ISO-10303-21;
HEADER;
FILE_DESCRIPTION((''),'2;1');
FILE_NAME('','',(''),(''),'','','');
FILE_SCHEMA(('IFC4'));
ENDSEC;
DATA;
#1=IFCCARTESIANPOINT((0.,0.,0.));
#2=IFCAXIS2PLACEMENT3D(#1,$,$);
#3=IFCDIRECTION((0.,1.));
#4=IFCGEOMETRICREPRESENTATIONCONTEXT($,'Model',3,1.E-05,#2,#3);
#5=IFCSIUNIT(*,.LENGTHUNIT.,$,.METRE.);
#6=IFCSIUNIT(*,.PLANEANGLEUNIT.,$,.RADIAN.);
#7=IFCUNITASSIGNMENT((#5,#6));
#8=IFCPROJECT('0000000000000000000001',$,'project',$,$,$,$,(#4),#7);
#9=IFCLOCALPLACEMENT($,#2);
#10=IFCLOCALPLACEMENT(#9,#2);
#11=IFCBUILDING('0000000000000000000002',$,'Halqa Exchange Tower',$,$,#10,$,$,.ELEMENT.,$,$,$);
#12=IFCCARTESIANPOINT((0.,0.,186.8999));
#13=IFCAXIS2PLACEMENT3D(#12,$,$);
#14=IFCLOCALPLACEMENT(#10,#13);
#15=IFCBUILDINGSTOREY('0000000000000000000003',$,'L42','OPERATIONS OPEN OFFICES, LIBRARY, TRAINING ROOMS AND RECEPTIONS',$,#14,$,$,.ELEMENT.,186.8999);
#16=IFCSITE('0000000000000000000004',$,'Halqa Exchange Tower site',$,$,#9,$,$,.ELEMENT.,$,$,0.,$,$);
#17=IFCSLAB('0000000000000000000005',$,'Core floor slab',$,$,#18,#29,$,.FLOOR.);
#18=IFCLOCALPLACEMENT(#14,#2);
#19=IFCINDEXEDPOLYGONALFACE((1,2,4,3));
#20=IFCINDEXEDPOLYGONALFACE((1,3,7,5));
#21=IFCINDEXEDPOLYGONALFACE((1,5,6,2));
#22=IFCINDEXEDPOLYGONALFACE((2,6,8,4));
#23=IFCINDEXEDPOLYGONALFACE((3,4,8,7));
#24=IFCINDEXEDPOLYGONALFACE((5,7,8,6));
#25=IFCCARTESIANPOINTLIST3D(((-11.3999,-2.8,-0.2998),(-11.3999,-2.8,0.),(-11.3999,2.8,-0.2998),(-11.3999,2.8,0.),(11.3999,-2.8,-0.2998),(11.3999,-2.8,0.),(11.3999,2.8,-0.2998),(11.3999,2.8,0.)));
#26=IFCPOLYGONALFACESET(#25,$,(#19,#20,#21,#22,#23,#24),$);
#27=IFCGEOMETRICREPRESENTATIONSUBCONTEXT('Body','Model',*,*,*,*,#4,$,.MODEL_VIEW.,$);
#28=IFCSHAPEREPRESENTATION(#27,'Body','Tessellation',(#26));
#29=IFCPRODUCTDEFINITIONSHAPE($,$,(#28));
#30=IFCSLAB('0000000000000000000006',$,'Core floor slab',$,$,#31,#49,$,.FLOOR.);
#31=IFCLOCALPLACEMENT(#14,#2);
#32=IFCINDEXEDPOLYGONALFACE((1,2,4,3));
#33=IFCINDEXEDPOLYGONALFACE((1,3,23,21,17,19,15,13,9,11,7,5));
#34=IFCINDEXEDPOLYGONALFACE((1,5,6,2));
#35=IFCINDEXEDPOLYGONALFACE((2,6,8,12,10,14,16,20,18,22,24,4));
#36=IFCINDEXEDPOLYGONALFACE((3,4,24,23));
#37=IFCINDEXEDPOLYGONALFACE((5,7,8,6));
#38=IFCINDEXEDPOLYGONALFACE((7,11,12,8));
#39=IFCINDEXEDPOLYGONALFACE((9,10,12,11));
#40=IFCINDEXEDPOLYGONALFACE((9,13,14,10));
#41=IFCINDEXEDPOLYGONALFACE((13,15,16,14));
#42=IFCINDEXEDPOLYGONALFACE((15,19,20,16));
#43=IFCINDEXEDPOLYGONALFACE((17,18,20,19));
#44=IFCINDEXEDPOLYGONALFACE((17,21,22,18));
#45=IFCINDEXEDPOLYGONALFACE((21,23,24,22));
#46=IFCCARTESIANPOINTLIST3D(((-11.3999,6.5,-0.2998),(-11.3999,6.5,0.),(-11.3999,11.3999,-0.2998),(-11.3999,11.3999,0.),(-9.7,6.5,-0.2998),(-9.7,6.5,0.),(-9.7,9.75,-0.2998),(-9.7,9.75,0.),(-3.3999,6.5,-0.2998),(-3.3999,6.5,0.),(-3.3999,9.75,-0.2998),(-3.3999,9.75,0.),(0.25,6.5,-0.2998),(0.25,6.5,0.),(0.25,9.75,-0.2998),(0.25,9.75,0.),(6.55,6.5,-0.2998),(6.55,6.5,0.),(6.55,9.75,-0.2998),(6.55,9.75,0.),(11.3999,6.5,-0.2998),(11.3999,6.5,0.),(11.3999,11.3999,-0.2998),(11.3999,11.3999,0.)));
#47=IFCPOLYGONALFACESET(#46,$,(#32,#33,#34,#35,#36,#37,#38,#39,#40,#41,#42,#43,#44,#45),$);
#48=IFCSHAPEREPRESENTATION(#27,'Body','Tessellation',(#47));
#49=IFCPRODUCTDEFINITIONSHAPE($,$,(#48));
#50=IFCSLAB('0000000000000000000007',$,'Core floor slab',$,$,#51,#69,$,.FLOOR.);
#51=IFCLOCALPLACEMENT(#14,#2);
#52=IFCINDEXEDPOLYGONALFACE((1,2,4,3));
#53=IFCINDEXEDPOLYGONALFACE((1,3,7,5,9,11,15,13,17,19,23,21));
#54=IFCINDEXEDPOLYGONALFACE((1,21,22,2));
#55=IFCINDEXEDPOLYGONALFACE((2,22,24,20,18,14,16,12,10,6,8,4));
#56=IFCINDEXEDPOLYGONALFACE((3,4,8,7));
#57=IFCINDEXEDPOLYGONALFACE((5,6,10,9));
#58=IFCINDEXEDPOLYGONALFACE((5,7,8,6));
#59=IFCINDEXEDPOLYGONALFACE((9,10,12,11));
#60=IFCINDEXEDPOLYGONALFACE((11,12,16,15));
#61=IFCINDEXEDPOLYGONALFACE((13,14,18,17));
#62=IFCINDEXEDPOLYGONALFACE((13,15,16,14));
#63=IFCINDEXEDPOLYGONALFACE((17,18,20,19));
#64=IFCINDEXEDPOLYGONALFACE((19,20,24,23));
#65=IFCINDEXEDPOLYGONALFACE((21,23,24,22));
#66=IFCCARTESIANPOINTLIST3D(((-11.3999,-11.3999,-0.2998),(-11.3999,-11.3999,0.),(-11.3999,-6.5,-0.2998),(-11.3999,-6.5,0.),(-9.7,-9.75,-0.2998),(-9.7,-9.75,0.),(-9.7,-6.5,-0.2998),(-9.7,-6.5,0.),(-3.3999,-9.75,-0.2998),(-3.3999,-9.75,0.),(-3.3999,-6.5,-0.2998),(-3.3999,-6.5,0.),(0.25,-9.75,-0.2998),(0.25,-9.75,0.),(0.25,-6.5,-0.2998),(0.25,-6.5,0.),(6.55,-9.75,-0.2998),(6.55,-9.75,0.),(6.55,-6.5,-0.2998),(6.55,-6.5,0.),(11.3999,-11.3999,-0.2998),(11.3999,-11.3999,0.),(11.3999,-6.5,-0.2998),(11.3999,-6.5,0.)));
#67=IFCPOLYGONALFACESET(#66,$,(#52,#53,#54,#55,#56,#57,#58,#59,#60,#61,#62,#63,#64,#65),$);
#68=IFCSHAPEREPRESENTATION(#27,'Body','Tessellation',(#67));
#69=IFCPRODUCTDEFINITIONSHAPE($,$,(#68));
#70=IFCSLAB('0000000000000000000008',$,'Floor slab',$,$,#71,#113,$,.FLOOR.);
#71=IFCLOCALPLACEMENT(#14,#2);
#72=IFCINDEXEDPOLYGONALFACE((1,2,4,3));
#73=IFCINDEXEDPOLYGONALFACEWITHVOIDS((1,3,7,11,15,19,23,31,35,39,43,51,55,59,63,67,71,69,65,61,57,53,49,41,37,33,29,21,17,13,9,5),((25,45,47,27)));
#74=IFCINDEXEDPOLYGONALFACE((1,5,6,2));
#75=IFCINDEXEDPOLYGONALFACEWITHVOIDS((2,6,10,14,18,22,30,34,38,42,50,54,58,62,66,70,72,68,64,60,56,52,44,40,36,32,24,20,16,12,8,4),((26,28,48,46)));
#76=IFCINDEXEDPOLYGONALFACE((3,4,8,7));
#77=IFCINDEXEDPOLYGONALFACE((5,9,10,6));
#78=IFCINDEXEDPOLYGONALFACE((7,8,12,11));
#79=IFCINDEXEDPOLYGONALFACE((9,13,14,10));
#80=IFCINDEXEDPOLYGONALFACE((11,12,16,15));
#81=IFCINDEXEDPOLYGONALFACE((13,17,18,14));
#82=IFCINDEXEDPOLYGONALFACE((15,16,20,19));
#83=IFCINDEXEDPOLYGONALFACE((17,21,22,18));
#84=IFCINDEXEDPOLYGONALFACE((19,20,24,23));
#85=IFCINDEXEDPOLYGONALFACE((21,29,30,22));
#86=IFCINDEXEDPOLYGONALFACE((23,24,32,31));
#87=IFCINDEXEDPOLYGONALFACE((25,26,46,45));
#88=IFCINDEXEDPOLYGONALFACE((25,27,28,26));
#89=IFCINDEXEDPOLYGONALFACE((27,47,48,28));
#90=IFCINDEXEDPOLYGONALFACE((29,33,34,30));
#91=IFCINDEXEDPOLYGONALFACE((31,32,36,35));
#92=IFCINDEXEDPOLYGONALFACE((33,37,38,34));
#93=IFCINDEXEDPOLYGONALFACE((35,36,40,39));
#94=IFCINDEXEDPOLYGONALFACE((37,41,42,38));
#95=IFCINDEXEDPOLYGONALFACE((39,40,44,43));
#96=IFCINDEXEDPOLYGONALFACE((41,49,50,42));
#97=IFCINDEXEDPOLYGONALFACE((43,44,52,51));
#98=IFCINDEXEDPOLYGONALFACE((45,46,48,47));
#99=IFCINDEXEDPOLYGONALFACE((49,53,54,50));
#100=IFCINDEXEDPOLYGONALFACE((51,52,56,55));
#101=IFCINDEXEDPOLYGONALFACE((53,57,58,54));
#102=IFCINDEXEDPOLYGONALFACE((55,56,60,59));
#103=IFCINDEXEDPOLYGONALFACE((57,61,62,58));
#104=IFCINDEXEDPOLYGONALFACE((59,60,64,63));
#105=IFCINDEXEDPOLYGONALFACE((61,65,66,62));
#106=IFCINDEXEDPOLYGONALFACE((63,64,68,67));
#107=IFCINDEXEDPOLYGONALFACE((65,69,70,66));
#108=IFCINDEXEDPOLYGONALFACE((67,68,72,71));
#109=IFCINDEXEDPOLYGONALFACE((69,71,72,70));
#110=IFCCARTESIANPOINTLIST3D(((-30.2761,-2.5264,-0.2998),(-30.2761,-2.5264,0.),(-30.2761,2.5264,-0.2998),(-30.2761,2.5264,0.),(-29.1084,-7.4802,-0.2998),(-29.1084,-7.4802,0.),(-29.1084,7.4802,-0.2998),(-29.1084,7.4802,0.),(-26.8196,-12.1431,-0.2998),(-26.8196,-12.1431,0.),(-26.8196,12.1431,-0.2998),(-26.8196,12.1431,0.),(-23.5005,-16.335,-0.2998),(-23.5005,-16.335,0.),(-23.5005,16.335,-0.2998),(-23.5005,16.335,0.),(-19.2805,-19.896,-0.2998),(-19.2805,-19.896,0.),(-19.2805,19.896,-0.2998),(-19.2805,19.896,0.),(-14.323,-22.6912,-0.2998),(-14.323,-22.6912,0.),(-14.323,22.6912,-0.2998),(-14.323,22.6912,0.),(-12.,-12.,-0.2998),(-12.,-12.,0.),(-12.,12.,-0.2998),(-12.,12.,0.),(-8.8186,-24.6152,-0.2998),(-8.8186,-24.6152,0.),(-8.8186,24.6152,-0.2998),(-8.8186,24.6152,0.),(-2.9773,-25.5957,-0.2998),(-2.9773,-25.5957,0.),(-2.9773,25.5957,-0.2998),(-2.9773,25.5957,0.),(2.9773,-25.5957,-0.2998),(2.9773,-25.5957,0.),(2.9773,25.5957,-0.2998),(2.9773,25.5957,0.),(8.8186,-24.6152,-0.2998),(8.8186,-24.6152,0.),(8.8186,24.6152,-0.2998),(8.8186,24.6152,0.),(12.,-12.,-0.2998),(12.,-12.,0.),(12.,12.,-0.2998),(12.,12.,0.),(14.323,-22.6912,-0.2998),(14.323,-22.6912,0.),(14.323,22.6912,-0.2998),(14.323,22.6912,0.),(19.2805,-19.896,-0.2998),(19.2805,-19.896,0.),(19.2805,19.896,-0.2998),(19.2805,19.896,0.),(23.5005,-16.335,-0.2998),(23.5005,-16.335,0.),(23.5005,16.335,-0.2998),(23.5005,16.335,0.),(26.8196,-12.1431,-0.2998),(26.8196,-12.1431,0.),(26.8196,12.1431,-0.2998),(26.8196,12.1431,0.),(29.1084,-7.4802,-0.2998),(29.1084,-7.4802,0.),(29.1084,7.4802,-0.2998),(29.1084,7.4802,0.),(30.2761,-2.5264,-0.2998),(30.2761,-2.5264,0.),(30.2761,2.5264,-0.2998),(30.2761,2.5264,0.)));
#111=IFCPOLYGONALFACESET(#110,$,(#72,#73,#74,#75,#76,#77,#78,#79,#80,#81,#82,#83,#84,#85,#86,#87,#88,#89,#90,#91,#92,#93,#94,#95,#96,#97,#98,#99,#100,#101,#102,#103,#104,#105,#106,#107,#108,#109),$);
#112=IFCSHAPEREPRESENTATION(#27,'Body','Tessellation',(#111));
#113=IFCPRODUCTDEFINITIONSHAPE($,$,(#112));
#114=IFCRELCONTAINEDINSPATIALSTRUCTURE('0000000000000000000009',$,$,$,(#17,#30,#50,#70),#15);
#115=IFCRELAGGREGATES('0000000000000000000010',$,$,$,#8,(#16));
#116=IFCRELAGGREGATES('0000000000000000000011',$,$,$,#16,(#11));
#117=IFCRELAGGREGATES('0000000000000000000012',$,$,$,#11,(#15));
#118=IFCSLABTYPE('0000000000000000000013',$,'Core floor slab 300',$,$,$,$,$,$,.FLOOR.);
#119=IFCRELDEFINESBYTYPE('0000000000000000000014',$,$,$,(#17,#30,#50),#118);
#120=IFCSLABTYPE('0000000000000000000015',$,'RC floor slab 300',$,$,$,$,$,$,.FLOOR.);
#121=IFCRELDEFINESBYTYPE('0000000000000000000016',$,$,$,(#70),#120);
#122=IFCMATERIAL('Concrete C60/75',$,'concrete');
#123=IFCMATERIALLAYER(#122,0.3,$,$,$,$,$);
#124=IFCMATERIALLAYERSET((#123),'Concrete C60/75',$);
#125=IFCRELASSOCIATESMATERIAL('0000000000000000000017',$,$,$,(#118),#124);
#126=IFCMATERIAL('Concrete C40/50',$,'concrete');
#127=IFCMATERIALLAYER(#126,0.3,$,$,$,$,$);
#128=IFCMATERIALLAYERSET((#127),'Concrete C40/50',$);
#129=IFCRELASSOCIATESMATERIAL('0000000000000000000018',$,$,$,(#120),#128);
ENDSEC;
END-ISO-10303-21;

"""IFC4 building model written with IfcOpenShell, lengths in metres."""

from ifc_helpers import new_model, si_unit, direction, frame, origin, place, context, subcontext, project, spatial, polyline, outline, extrude, material, layer, layer_set, type_object, element, save


model = new_model("IFC4")

# Units and contexts
model_context = context("Model", 3, precision=1e-05, world=origin(), true_north=direction((0.0, 1.0)))
body_context = subcontext(model_context, "Body", "Model", "MODEL_VIEW")
ifc_project = project(units=[si_unit("LENGTHUNIT", "METRE"), si_unit("PLANEANGLEUNIT", "RADIAN")], contexts=[model_context])

# Site, building, storey
site_placement = place(None, origin())
site = spatial("IfcSite", under=ifc_project, at=site_placement, Name="Halqa Exchange Tower site", CompositionType="ELEMENT", RefElevation=0.0)
building_placement = place(site_placement, origin())
building = spatial("IfcBuilding", under=site, at=building_placement, Name="Halqa Exchange Tower", CompositionType="ELEMENT")
storey_placement = place(building_placement, frame((0.0, 0.0, 186.8999)))
storey = spatial("IfcBuildingStorey", under=building, at=storey_placement, Name="L42", Description="OPERATIONS OPEN OFFICES, LIBRARY, TRAINING ROOMS AND RECEPTIONS", CompositionType="ELEMENT", Elevation=186.8999)

# Slabs
ifc_material_1 = material(Name="Concrete C60/75", Category="concrete")
ifc_layer_1 = layer(ifc_material_1, 0.3)
ifc_layer_set_1 = layer_set([ifc_layer_1], Name="Concrete C60/75")
slab_type_1 = type_object("IfcSlabType", Name="Core floor slab 300", PredefinedType="FLOOR", material=ifc_layer_set_1)
slab_1_placement = place(storey_placement, frame((0.0, 0.0, -0.2998)))
element("IfcSlab", 1, at=slab_1_placement, inside=storey, type_object=slab_type_1, Name="Core floor slab", PredefinedType="FLOOR", context=body_context, shape_type="SweptSolid", body=[
    extrude(outline(polyline([(-11.3999, 2.8), (11.3999, 2.8), (11.3999, -2.8), (-11.3999, -2.8), (-11.3999, 2.8)])), origin(), (0.0, 0.0, 1.0), 0.2998),
])
slab_2_placement = place(storey_placement, frame((0.0, 0.0, -0.2998)))
element("IfcSlab", 2, at=slab_2_placement, inside=storey, type_object=slab_type_1, Name="Core floor slab", PredefinedType="FLOOR", context=body_context, shape_type="SweptSolid", body=[
    extrude(outline(polyline([(-11.3999, 11.3999), (11.3999, 11.3999), (11.3999, 6.5), (6.55, 6.5), (6.55, 9.75), (0.25, 9.75), (0.25, 6.5), (-3.3999, 6.5), (-3.3999, 9.75), (-9.7, 9.75), (-9.7, 6.5), (-11.3999, 6.5), (-11.3999, 11.3999)])), origin(), (0.0, 0.0, 1.0), 0.2998),
])
slab_3_placement = place(storey_placement, frame((0.0, 0.0, -0.2998)))
element("IfcSlab", 3, at=slab_3_placement, inside=storey, type_object=slab_type_1, Name="Core floor slab", PredefinedType="FLOOR", context=body_context, shape_type="SweptSolid", body=[
    extrude(outline(polyline([(-9.7, -9.75), (-3.3999, -9.75), (-3.3999, -6.5), (0.25, -6.5), (0.25, -9.75), (6.55, -9.75), (6.55, -6.5), (11.3999, -6.5), (11.3999, -11.3999), (-11.3999, -11.3999), (-11.3999, -6.5), (-9.7, -6.5), (-9.7, -9.75)])), origin(), (0.0, 0.0, 1.0), 0.2998),
])
ifc_material_2 = material(Name="Concrete C40/50", Category="concrete")
ifc_layer_2 = layer(ifc_material_2, 0.3)
ifc_layer_set_2 = layer_set([ifc_layer_2], Name="Concrete C40/50")
slab_type_2 = type_object("IfcSlabType", Name="RC floor slab 300", PredefinedType="FLOOR", material=ifc_layer_set_2)
slab_4_placement = place(storey_placement, frame((0.0, 0.0, -0.2998)))
element("IfcSlab", 4, at=slab_4_placement, inside=storey, type_object=slab_type_2, Name="Floor slab", PredefinedType="FLOOR", context=body_context, shape_type="SweptSolid", body=[
    extrude(outline(polyline([(30.2761, 2.5264), (29.1084, 7.4802), (26.8196, 12.1431), (23.5005, 16.335), (19.2805, 19.896), (14.323, 22.6912), (8.8186, 24.6152), (2.9773, 25.5957), (-2.9773, 25.5957), (-8.8186, 24.6152), (-14.323, 22.6912), (-19.2805, 19.896), (-23.5005, 16.335), (-26.8196, 12.1431), (-29.1084, 7.4802), (-30.2761, 2.5264), (-30.2761, -2.5264), (-29.1084, -7.4802), (-26.8196, -12.1431), (-23.5005, -16.335), (-19.2805, -19.896), (-14.323, -22.6912), (-8.8186, -24.6152), (-2.9773, -25.5957), (2.9773, -25.5957), (8.8186, -24.6152), (14.323, -22.6912), (19.2805, -19.896), (23.5005, -16.335), (26.8196, -12.1431), (29.1084, -7.4802), (30.2761, -2.5264), (30.2761, 2.5264)]), holes=[polyline([(-12.0, -12.0), (12.0, -12.0), (12.0, 12.0), (-12.0, 12.0), (-12.0, -12.0)])]), origin(), (0.0, 0.0, 1.0), 0.2998),
])

save(model, "model.ifc")
